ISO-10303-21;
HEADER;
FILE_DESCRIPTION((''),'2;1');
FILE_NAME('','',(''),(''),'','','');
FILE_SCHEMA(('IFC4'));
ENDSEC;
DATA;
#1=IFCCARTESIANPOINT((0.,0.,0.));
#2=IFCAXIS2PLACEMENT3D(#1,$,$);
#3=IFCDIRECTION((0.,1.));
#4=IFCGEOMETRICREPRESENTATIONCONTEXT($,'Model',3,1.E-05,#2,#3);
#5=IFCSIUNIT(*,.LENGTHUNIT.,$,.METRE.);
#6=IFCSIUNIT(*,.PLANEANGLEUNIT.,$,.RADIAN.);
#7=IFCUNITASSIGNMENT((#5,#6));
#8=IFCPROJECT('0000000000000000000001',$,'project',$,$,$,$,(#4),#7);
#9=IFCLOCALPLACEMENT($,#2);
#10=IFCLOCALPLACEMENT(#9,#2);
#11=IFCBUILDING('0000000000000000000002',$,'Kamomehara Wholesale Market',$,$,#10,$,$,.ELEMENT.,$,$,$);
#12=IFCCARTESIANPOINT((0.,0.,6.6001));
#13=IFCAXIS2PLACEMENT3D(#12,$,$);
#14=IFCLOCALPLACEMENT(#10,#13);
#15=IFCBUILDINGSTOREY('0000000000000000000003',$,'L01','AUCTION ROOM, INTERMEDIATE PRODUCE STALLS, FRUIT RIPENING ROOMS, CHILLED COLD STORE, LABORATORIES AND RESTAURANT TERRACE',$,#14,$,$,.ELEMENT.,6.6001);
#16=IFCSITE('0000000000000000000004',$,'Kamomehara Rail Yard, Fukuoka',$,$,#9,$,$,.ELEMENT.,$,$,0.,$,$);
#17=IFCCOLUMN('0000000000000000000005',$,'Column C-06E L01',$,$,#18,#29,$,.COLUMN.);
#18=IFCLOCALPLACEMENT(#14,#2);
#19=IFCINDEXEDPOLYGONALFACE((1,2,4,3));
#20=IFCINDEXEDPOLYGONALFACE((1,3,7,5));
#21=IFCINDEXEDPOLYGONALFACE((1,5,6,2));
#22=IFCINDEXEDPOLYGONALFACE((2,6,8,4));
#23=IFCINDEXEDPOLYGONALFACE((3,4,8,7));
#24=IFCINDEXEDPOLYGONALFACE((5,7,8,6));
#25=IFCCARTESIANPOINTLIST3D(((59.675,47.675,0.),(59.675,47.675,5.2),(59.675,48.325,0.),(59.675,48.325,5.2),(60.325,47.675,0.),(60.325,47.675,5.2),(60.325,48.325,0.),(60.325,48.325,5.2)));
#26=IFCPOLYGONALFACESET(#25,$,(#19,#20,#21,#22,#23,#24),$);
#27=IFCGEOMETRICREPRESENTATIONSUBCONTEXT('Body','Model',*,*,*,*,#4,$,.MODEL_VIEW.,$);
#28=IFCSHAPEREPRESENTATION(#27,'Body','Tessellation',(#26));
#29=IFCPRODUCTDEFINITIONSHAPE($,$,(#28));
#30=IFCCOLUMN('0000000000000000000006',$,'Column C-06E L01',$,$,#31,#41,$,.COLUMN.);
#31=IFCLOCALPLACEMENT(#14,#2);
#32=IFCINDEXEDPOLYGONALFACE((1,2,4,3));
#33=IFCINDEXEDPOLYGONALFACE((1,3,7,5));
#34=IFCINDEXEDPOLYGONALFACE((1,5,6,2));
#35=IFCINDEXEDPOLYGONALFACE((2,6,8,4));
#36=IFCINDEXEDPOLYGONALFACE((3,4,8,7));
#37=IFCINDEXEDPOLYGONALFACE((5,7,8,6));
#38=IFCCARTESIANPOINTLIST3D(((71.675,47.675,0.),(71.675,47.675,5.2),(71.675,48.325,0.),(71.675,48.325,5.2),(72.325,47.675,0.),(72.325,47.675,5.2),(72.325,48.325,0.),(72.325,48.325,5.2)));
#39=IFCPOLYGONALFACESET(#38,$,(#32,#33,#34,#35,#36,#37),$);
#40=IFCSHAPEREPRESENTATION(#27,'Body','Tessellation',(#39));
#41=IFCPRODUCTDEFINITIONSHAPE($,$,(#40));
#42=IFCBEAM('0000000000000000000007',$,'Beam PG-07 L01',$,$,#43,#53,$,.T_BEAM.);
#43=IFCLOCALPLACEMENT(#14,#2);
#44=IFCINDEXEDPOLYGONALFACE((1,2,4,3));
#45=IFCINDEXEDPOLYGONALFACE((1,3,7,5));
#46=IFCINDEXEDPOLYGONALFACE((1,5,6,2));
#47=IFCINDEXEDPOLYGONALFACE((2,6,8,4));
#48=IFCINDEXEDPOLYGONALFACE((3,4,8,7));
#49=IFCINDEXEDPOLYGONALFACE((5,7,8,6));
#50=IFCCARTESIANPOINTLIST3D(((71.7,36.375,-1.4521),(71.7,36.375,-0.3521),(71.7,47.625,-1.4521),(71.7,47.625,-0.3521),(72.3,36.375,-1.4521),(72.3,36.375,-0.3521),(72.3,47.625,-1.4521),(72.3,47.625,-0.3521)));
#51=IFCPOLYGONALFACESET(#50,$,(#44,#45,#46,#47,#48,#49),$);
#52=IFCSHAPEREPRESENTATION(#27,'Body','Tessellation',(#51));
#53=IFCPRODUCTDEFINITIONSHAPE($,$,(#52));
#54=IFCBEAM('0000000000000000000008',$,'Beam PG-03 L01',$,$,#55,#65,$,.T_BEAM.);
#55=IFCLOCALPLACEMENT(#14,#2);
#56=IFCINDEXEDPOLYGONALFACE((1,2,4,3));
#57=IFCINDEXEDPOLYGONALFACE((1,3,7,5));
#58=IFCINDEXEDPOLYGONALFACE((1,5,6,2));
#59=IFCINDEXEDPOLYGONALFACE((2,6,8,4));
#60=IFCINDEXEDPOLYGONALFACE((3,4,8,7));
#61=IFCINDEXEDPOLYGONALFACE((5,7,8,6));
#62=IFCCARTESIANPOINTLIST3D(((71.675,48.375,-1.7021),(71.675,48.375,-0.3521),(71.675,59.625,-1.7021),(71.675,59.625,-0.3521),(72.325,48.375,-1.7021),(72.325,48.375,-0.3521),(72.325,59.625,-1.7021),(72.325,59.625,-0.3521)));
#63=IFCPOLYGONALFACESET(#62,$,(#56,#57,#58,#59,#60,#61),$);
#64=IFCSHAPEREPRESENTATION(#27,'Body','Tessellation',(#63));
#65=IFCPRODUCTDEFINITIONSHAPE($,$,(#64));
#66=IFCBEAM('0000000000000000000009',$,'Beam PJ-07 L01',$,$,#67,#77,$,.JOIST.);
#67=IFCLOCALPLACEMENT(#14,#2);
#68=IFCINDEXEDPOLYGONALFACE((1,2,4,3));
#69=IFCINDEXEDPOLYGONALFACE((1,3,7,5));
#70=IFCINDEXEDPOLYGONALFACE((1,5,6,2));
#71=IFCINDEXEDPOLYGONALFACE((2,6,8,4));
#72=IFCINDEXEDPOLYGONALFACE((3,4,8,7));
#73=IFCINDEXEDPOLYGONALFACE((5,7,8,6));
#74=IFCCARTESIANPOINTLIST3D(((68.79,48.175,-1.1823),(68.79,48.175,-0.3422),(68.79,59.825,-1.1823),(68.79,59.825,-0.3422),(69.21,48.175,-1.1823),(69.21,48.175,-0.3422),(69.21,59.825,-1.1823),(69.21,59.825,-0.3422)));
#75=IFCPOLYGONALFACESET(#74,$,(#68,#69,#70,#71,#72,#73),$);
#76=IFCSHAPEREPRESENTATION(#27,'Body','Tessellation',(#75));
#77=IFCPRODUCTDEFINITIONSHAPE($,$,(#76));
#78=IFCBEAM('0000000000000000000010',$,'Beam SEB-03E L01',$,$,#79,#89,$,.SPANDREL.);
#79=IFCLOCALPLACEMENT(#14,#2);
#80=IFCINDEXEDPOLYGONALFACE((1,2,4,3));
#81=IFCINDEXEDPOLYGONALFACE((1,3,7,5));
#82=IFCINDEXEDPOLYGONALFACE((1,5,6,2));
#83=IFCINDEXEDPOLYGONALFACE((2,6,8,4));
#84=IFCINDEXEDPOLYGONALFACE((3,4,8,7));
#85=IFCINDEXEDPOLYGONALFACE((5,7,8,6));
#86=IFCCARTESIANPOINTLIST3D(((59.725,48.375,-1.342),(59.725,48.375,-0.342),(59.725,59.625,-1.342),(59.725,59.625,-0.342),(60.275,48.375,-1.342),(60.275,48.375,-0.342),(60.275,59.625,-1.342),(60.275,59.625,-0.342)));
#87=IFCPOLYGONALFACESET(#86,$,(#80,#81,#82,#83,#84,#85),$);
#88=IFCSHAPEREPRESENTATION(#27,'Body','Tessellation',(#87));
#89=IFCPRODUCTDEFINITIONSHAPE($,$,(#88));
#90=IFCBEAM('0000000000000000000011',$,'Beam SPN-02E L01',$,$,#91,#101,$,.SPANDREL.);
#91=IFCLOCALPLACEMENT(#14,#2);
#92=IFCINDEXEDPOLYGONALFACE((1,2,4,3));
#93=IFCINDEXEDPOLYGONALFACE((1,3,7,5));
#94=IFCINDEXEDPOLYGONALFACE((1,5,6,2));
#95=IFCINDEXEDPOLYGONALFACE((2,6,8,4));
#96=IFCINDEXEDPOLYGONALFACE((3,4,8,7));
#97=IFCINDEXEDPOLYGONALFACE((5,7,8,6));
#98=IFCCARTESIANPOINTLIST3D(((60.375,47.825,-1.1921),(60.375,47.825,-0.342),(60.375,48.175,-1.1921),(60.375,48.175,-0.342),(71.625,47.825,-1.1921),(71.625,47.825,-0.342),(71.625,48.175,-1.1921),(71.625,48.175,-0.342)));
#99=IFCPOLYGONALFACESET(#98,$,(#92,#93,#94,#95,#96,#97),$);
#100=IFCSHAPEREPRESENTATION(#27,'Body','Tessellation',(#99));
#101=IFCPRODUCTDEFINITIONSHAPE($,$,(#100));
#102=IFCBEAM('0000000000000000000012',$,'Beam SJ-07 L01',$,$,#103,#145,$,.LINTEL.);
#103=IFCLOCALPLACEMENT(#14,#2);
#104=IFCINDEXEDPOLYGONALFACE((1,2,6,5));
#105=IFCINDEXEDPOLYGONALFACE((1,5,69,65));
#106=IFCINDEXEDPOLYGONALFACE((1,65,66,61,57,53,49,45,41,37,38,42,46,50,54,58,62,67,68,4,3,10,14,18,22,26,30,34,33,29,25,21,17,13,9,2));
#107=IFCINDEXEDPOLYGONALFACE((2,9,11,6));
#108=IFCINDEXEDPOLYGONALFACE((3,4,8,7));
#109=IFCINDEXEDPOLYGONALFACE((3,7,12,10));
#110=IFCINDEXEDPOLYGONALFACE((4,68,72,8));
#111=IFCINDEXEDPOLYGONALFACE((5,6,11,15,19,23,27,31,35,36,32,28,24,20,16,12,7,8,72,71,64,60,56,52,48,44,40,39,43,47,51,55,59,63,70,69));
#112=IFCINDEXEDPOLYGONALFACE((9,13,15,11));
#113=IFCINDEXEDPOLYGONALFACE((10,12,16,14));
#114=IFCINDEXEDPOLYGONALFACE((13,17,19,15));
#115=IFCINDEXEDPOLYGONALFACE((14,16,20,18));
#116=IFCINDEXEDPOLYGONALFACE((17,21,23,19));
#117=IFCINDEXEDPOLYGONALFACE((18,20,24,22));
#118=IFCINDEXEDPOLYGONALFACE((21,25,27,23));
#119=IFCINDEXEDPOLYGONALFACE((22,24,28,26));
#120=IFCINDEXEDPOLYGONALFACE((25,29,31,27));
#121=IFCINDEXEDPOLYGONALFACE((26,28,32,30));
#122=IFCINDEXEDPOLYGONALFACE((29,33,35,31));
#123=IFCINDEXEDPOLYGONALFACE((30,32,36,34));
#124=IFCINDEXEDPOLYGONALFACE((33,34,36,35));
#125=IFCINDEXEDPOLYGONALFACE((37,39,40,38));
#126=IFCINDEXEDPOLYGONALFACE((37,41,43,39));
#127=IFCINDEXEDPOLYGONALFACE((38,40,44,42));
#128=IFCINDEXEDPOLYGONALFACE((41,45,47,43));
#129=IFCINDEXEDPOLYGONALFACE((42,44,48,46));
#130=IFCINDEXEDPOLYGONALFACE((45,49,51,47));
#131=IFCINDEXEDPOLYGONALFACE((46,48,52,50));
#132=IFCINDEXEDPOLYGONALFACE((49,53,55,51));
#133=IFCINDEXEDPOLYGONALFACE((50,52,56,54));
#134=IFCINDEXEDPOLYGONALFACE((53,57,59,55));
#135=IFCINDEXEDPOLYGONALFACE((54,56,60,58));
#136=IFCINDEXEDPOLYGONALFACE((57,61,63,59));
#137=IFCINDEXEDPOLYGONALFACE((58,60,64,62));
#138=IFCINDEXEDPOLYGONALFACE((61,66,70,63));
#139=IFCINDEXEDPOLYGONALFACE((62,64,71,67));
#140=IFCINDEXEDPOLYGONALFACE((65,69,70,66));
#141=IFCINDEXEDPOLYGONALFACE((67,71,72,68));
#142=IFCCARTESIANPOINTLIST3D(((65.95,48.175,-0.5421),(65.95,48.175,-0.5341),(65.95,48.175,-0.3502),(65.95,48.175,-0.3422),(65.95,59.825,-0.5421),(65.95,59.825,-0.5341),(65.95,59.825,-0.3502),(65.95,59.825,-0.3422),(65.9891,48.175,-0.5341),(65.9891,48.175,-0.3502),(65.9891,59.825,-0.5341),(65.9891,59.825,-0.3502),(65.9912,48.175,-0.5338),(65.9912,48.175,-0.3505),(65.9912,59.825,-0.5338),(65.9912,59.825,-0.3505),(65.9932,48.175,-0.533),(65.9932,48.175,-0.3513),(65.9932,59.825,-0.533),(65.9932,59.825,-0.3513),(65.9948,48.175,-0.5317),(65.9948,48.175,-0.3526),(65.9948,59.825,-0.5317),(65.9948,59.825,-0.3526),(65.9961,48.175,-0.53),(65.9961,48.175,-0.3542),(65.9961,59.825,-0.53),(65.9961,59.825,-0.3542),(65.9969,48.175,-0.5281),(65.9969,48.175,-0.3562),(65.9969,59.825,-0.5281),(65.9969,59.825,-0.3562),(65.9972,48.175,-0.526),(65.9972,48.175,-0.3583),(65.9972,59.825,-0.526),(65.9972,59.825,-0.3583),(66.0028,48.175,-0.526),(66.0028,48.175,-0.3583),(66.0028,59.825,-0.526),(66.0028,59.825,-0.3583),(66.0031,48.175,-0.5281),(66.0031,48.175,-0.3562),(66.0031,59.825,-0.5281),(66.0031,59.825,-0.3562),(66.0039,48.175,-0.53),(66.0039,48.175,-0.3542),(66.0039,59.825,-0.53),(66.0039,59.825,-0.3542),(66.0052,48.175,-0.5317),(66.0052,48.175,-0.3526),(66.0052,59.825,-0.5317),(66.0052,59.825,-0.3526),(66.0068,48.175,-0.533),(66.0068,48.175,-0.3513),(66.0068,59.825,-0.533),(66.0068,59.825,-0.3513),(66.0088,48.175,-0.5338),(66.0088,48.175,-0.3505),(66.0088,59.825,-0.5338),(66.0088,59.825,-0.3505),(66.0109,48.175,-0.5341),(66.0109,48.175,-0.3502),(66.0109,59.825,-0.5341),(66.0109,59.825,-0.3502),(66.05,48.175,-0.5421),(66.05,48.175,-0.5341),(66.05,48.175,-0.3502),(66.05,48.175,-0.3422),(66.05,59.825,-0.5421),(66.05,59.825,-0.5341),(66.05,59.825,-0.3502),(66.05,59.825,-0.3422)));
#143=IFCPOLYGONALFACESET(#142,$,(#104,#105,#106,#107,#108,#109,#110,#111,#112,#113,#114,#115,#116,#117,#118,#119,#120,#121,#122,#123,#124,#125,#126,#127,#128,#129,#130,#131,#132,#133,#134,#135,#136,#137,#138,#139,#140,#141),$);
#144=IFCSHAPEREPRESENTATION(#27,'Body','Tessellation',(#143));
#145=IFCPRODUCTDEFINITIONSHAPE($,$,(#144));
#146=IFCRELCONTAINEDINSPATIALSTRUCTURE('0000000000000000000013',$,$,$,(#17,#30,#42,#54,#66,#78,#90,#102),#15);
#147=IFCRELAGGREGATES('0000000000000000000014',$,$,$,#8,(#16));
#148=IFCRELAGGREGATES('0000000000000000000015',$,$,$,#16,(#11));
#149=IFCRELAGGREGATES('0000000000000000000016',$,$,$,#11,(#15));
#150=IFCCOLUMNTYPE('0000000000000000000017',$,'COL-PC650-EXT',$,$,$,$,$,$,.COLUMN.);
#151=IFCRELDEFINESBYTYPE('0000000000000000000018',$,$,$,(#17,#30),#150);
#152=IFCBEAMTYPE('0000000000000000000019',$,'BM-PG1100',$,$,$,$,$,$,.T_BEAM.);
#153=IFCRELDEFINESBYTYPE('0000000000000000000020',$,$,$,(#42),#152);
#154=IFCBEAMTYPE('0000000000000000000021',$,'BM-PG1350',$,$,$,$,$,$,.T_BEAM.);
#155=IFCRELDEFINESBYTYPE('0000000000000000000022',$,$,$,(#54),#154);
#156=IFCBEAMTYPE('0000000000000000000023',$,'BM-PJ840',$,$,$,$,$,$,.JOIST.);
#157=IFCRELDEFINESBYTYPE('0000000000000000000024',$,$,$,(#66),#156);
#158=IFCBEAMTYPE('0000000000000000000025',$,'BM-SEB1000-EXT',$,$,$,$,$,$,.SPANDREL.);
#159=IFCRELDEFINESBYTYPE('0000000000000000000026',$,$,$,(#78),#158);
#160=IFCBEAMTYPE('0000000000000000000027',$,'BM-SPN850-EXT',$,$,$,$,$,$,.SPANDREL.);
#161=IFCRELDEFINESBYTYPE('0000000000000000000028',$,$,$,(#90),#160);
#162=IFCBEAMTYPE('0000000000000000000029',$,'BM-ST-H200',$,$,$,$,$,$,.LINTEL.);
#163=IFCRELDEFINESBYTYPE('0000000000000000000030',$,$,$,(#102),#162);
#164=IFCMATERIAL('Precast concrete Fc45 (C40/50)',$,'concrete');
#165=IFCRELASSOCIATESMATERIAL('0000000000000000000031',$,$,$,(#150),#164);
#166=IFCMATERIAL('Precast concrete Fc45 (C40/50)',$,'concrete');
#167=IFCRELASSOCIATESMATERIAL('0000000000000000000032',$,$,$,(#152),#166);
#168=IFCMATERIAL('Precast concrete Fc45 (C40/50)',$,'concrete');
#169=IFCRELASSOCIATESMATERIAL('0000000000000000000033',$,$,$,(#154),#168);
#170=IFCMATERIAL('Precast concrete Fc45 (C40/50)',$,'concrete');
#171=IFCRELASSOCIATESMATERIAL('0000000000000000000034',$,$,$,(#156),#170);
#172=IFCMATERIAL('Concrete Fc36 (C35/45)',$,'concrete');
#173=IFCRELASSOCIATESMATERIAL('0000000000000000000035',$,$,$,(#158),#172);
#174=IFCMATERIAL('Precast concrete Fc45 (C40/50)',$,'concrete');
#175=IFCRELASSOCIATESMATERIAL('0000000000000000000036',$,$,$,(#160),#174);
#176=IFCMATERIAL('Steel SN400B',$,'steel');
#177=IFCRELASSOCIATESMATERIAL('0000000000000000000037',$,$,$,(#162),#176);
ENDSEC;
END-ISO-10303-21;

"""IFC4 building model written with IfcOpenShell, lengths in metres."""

from ifc_helpers import new_model, si_unit, direction, frame, origin, origin_2d, place, context, subcontext, project, spatial, rectangle, i_section, extrude, material, material_profile, profile_set, type_object, element, save


model = new_model("IFC4")

# Units and contexts
model_context = context("Model", 3, precision=1e-05, world=origin(), true_north=direction((0.0, 1.0)))
body_context = subcontext(model_context, "Body", "Model", "MODEL_VIEW")
ifc_project = project(units=[si_unit("LENGTHUNIT", "METRE"), si_unit("PLANEANGLEUNIT", "RADIAN")], contexts=[model_context])

# Site, building, storey
site_placement = place(None, origin())
site = spatial("IfcSite", under=ifc_project, at=site_placement, Name="Kamomehara Rail Yard, Fukuoka", CompositionType="ELEMENT", RefElevation=0.0)
building_placement = place(site_placement, origin())
building = spatial("IfcBuilding", under=site, at=building_placement, Name="Kamomehara Wholesale Market", CompositionType="ELEMENT")
storey_placement = place(building_placement, frame((0.0, 0.0, 6.6001)))
storey = spatial("IfcBuildingStorey", under=building, at=storey_placement, Name="L01", Description="AUCTION ROOM, INTERMEDIATE PRODUCE STALLS, FRUIT RIPENING ROOMS, CHILLED COLD STORE, LABORATORIES AND RESTAURANT TERRACE", CompositionType="ELEMENT", Elevation=6.6001)

# Columns
ifc_material_1 = material(Name="Precast concrete Fc45 (C40/50)", Category="concrete")
ifc_material_profile_1 = material_profile(ifc_material_1, rectangle(XDim=0.6499, YDim=0.6499, at=origin_2d()), Name="PC-COL-650x650")
ifc_profile_set_1 = profile_set([ifc_material_profile_1], Name="Precast concrete Fc45 (C40/50)")
column_type = type_object("IfcColumnType", Name="COL-PC650-EXT", PredefinedType="COLUMN", material=ifc_profile_set_1)
for number, where, z_axis, x_axis, name in (
    (1, (60.0, 48.0, 0.0), (0.0, 0.0, 1.0), (1.0, 0.0, 0.0), "Column C-06E L01"),
    (2, (72.0, 48.0, 0.0), (0.0, 0.0, 1.0), (1.0, 0.0, 0.0), "Column C-06E L01"),
):
    element("IfcColumn", number, at=place(storey_placement, frame(where, z_axis=z_axis, x_axis=x_axis)), inside=storey, type_object=column_type, Name=name, PredefinedType="COLUMN", context=body_context, shape_type="SweptSolid", body=[
        extrude(rectangle(XDim=0.6499, YDim=0.6499, at=origin_2d()), origin(), (0.0, 0.0, 1.0), 5.2),
    ])

# Beams
ifc_material_2 = material(Name="Precast concrete Fc45 (C40/50)", Category="concrete")
ifc_material_profile_2 = material_profile(ifc_material_2, rectangle(XDim=0.6001, YDim=1.1001, at=origin_2d()), Name="PC-GRD-600x1100")
ifc_profile_set_2 = profile_set([ifc_material_profile_2], Name="Precast concrete Fc45 (C40/50)")
beam_type_1 = type_object("IfcBeamType", Name="BM-PG1100", PredefinedType="T_BEAM", material=ifc_profile_set_2)
beam_1_placement = place(storey_placement, frame((72.0, 36.375, -0.9021), z_axis=(0.0, 1.0, 0.0), x_axis=(-1.0, 0.0, 0.0)))
element("IfcBeam", 3, at=beam_1_placement, inside=storey, type_object=beam_type_1, Name="Beam PG-07 L01", PredefinedType="T_BEAM", context=body_context, shape_type="SweptSolid", body=[
    extrude(rectangle(XDim=0.6001, YDim=1.1001, at=origin_2d()), origin(), (0.0, 0.0, 1.0), 11.25),
])
ifc_material_3 = material(Name="Precast concrete Fc45 (C40/50)", Category="concrete")
ifc_material_profile_3 = material_profile(ifc_material_3, rectangle(XDim=0.6499, YDim=1.3501, at=origin_2d()), Name="PC-GRD-650x1350")
ifc_profile_set_3 = profile_set([ifc_material_profile_3], Name="Precast concrete Fc45 (C40/50)")
beam_type_2 = type_object("IfcBeamType", Name="BM-PG1350", PredefinedType="T_BEAM", material=ifc_profile_set_3)
beam_2_placement = place(storey_placement, frame((72.0, 48.375, -1.0271), z_axis=(0.0, 1.0, 0.0), x_axis=(-1.0, 0.0, 0.0)))
element("IfcBeam", 4, at=beam_2_placement, inside=storey, type_object=beam_type_2, Name="Beam PG-03 L01", PredefinedType="T_BEAM", context=body_context, shape_type="SweptSolid", body=[
    extrude(rectangle(XDim=0.6499, YDim=1.3501, at=origin_2d()), origin(), (0.0, 0.0, 1.0), 11.25),
])
ifc_material_4 = material(Name="Precast concrete Fc45 (C40/50)", Category="concrete")
ifc_material_profile_4 = material_profile(ifc_material_4, rectangle(XDim=0.4199, YDim=0.8401, at=origin_2d()), Name="PC-JST-420x840")
ifc_profile_set_4 = profile_set([ifc_material_profile_4], Name="Precast concrete Fc45 (C40/50)")
beam_type_3 = type_object("IfcBeamType", Name="BM-PJ840", PredefinedType="JOIST", material=ifc_profile_set_4)
beam_3_placement = place(storey_placement, frame((69.0, 48.175, -0.7622), z_axis=(0.0, 1.0, 0.0), x_axis=(-1.0, 0.0, 0.0)))
element("IfcBeam", 5, at=beam_3_placement, inside=storey, type_object=beam_type_3, Name="Beam PJ-07 L01", PredefinedType="JOIST", context=body_context, shape_type="SweptSolid", body=[
    extrude(rectangle(XDim=0.4199, YDim=0.8401, at=origin_2d()), origin(), (0.0, 0.0, 1.0), 11.6499),
])
ifc_material_5 = material(Name="Concrete Fc36 (C35/45)", Category="concrete")
ifc_material_profile_5 = material_profile(ifc_material_5, rectangle(XDim=0.55, YDim=1.0, at=origin_2d()), Name="RC-SEB-550x1000")
ifc_profile_set_5 = profile_set([ifc_material_profile_5], Name="Concrete Fc36 (C35/45)")
beam_type_4 = type_object("IfcBeamType", Name="BM-SEB1000-EXT", PredefinedType="SPANDREL", material=ifc_profile_set_5)
beam_4_placement = place(storey_placement, frame((60.0, 48.375, -0.842), z_axis=(0.0, 1.0, 0.0), x_axis=(-1.0, 0.0, 0.0)))
element("IfcBeam", 6, at=beam_4_placement, inside=storey, type_object=beam_type_4, Name="Beam SEB-03E L01", PredefinedType="SPANDREL", context=body_context, shape_type="SweptSolid", body=[
    extrude(rectangle(XDim=0.55, YDim=1.0, at=origin_2d()), origin(), (0.0, 0.0, 1.0), 11.25),
])
ifc_material_6 = material(Name="Precast concrete Fc45 (C40/50)", Category="concrete")
ifc_material_profile_6 = material_profile(ifc_material_6, rectangle(XDim=0.3501, YDim=0.8501, at=origin_2d()), Name="PC-SPN-350x850")
ifc_profile_set_6 = profile_set([ifc_material_profile_6], Name="Precast concrete Fc45 (C40/50)")
beam_type_5 = type_object("IfcBeamType", Name="BM-SPN850-EXT", PredefinedType="SPANDREL", material=ifc_profile_set_6)
beam_5_placement = place(storey_placement, frame((60.375, 48.0, -0.7671), z_axis=(1.0, 0.0, 0.0), x_axis=(0.0, 1.0, 0.0)))
element("IfcBeam", 7, at=beam_5_placement, inside=storey, type_object=beam_type_5, Name="Beam SPN-02E L01", PredefinedType="SPANDREL", context=body_context, shape_type="SweptSolid", body=[
    extrude(rectangle(XDim=0.3501, YDim=0.8501, at=origin_2d()), origin(), (0.0, 0.0, 1.0), 11.25),
])
ifc_material_7 = material(Name="Steel SN400B", Category="steel")
ifc_material_profile_7 = material_profile(ifc_material_7, i_section(OverallWidth=0.1001, OverallDepth=0.2, WebThickness=0.0056, FlangeThickness=0.0081, FilletRadius=0.0081, at=origin_2d()), Name="H-200x100x5.5x8")
ifc_profile_set_7 = profile_set([ifc_material_profile_7], Name="Steel SN400B")
beam_type_6 = type_object("IfcBeamType", Name="BM-ST-H200", PredefinedType="LINTEL", material=ifc_profile_set_7)
beam_6_placement = place(storey_placement, frame((66.0, 48.175, -0.4421), z_axis=(0.0, 1.0, 0.0), x_axis=(-1.0, 0.0, 0.0)))
element("IfcBeam", 8, at=beam_6_placement, inside=storey, type_object=beam_type_6, Name="Beam SJ-07 L01", PredefinedType="LINTEL", context=body_context, shape_type="SweptSolid", body=[
    extrude(i_section(OverallWidth=0.1001, OverallDepth=0.2, WebThickness=0.0056, FlangeThickness=0.0081, FilletRadius=0.0081, at=origin_2d()), origin(), (0.0, 0.0, 1.0), 11.6499),
])

save(model, "model.ifc")
